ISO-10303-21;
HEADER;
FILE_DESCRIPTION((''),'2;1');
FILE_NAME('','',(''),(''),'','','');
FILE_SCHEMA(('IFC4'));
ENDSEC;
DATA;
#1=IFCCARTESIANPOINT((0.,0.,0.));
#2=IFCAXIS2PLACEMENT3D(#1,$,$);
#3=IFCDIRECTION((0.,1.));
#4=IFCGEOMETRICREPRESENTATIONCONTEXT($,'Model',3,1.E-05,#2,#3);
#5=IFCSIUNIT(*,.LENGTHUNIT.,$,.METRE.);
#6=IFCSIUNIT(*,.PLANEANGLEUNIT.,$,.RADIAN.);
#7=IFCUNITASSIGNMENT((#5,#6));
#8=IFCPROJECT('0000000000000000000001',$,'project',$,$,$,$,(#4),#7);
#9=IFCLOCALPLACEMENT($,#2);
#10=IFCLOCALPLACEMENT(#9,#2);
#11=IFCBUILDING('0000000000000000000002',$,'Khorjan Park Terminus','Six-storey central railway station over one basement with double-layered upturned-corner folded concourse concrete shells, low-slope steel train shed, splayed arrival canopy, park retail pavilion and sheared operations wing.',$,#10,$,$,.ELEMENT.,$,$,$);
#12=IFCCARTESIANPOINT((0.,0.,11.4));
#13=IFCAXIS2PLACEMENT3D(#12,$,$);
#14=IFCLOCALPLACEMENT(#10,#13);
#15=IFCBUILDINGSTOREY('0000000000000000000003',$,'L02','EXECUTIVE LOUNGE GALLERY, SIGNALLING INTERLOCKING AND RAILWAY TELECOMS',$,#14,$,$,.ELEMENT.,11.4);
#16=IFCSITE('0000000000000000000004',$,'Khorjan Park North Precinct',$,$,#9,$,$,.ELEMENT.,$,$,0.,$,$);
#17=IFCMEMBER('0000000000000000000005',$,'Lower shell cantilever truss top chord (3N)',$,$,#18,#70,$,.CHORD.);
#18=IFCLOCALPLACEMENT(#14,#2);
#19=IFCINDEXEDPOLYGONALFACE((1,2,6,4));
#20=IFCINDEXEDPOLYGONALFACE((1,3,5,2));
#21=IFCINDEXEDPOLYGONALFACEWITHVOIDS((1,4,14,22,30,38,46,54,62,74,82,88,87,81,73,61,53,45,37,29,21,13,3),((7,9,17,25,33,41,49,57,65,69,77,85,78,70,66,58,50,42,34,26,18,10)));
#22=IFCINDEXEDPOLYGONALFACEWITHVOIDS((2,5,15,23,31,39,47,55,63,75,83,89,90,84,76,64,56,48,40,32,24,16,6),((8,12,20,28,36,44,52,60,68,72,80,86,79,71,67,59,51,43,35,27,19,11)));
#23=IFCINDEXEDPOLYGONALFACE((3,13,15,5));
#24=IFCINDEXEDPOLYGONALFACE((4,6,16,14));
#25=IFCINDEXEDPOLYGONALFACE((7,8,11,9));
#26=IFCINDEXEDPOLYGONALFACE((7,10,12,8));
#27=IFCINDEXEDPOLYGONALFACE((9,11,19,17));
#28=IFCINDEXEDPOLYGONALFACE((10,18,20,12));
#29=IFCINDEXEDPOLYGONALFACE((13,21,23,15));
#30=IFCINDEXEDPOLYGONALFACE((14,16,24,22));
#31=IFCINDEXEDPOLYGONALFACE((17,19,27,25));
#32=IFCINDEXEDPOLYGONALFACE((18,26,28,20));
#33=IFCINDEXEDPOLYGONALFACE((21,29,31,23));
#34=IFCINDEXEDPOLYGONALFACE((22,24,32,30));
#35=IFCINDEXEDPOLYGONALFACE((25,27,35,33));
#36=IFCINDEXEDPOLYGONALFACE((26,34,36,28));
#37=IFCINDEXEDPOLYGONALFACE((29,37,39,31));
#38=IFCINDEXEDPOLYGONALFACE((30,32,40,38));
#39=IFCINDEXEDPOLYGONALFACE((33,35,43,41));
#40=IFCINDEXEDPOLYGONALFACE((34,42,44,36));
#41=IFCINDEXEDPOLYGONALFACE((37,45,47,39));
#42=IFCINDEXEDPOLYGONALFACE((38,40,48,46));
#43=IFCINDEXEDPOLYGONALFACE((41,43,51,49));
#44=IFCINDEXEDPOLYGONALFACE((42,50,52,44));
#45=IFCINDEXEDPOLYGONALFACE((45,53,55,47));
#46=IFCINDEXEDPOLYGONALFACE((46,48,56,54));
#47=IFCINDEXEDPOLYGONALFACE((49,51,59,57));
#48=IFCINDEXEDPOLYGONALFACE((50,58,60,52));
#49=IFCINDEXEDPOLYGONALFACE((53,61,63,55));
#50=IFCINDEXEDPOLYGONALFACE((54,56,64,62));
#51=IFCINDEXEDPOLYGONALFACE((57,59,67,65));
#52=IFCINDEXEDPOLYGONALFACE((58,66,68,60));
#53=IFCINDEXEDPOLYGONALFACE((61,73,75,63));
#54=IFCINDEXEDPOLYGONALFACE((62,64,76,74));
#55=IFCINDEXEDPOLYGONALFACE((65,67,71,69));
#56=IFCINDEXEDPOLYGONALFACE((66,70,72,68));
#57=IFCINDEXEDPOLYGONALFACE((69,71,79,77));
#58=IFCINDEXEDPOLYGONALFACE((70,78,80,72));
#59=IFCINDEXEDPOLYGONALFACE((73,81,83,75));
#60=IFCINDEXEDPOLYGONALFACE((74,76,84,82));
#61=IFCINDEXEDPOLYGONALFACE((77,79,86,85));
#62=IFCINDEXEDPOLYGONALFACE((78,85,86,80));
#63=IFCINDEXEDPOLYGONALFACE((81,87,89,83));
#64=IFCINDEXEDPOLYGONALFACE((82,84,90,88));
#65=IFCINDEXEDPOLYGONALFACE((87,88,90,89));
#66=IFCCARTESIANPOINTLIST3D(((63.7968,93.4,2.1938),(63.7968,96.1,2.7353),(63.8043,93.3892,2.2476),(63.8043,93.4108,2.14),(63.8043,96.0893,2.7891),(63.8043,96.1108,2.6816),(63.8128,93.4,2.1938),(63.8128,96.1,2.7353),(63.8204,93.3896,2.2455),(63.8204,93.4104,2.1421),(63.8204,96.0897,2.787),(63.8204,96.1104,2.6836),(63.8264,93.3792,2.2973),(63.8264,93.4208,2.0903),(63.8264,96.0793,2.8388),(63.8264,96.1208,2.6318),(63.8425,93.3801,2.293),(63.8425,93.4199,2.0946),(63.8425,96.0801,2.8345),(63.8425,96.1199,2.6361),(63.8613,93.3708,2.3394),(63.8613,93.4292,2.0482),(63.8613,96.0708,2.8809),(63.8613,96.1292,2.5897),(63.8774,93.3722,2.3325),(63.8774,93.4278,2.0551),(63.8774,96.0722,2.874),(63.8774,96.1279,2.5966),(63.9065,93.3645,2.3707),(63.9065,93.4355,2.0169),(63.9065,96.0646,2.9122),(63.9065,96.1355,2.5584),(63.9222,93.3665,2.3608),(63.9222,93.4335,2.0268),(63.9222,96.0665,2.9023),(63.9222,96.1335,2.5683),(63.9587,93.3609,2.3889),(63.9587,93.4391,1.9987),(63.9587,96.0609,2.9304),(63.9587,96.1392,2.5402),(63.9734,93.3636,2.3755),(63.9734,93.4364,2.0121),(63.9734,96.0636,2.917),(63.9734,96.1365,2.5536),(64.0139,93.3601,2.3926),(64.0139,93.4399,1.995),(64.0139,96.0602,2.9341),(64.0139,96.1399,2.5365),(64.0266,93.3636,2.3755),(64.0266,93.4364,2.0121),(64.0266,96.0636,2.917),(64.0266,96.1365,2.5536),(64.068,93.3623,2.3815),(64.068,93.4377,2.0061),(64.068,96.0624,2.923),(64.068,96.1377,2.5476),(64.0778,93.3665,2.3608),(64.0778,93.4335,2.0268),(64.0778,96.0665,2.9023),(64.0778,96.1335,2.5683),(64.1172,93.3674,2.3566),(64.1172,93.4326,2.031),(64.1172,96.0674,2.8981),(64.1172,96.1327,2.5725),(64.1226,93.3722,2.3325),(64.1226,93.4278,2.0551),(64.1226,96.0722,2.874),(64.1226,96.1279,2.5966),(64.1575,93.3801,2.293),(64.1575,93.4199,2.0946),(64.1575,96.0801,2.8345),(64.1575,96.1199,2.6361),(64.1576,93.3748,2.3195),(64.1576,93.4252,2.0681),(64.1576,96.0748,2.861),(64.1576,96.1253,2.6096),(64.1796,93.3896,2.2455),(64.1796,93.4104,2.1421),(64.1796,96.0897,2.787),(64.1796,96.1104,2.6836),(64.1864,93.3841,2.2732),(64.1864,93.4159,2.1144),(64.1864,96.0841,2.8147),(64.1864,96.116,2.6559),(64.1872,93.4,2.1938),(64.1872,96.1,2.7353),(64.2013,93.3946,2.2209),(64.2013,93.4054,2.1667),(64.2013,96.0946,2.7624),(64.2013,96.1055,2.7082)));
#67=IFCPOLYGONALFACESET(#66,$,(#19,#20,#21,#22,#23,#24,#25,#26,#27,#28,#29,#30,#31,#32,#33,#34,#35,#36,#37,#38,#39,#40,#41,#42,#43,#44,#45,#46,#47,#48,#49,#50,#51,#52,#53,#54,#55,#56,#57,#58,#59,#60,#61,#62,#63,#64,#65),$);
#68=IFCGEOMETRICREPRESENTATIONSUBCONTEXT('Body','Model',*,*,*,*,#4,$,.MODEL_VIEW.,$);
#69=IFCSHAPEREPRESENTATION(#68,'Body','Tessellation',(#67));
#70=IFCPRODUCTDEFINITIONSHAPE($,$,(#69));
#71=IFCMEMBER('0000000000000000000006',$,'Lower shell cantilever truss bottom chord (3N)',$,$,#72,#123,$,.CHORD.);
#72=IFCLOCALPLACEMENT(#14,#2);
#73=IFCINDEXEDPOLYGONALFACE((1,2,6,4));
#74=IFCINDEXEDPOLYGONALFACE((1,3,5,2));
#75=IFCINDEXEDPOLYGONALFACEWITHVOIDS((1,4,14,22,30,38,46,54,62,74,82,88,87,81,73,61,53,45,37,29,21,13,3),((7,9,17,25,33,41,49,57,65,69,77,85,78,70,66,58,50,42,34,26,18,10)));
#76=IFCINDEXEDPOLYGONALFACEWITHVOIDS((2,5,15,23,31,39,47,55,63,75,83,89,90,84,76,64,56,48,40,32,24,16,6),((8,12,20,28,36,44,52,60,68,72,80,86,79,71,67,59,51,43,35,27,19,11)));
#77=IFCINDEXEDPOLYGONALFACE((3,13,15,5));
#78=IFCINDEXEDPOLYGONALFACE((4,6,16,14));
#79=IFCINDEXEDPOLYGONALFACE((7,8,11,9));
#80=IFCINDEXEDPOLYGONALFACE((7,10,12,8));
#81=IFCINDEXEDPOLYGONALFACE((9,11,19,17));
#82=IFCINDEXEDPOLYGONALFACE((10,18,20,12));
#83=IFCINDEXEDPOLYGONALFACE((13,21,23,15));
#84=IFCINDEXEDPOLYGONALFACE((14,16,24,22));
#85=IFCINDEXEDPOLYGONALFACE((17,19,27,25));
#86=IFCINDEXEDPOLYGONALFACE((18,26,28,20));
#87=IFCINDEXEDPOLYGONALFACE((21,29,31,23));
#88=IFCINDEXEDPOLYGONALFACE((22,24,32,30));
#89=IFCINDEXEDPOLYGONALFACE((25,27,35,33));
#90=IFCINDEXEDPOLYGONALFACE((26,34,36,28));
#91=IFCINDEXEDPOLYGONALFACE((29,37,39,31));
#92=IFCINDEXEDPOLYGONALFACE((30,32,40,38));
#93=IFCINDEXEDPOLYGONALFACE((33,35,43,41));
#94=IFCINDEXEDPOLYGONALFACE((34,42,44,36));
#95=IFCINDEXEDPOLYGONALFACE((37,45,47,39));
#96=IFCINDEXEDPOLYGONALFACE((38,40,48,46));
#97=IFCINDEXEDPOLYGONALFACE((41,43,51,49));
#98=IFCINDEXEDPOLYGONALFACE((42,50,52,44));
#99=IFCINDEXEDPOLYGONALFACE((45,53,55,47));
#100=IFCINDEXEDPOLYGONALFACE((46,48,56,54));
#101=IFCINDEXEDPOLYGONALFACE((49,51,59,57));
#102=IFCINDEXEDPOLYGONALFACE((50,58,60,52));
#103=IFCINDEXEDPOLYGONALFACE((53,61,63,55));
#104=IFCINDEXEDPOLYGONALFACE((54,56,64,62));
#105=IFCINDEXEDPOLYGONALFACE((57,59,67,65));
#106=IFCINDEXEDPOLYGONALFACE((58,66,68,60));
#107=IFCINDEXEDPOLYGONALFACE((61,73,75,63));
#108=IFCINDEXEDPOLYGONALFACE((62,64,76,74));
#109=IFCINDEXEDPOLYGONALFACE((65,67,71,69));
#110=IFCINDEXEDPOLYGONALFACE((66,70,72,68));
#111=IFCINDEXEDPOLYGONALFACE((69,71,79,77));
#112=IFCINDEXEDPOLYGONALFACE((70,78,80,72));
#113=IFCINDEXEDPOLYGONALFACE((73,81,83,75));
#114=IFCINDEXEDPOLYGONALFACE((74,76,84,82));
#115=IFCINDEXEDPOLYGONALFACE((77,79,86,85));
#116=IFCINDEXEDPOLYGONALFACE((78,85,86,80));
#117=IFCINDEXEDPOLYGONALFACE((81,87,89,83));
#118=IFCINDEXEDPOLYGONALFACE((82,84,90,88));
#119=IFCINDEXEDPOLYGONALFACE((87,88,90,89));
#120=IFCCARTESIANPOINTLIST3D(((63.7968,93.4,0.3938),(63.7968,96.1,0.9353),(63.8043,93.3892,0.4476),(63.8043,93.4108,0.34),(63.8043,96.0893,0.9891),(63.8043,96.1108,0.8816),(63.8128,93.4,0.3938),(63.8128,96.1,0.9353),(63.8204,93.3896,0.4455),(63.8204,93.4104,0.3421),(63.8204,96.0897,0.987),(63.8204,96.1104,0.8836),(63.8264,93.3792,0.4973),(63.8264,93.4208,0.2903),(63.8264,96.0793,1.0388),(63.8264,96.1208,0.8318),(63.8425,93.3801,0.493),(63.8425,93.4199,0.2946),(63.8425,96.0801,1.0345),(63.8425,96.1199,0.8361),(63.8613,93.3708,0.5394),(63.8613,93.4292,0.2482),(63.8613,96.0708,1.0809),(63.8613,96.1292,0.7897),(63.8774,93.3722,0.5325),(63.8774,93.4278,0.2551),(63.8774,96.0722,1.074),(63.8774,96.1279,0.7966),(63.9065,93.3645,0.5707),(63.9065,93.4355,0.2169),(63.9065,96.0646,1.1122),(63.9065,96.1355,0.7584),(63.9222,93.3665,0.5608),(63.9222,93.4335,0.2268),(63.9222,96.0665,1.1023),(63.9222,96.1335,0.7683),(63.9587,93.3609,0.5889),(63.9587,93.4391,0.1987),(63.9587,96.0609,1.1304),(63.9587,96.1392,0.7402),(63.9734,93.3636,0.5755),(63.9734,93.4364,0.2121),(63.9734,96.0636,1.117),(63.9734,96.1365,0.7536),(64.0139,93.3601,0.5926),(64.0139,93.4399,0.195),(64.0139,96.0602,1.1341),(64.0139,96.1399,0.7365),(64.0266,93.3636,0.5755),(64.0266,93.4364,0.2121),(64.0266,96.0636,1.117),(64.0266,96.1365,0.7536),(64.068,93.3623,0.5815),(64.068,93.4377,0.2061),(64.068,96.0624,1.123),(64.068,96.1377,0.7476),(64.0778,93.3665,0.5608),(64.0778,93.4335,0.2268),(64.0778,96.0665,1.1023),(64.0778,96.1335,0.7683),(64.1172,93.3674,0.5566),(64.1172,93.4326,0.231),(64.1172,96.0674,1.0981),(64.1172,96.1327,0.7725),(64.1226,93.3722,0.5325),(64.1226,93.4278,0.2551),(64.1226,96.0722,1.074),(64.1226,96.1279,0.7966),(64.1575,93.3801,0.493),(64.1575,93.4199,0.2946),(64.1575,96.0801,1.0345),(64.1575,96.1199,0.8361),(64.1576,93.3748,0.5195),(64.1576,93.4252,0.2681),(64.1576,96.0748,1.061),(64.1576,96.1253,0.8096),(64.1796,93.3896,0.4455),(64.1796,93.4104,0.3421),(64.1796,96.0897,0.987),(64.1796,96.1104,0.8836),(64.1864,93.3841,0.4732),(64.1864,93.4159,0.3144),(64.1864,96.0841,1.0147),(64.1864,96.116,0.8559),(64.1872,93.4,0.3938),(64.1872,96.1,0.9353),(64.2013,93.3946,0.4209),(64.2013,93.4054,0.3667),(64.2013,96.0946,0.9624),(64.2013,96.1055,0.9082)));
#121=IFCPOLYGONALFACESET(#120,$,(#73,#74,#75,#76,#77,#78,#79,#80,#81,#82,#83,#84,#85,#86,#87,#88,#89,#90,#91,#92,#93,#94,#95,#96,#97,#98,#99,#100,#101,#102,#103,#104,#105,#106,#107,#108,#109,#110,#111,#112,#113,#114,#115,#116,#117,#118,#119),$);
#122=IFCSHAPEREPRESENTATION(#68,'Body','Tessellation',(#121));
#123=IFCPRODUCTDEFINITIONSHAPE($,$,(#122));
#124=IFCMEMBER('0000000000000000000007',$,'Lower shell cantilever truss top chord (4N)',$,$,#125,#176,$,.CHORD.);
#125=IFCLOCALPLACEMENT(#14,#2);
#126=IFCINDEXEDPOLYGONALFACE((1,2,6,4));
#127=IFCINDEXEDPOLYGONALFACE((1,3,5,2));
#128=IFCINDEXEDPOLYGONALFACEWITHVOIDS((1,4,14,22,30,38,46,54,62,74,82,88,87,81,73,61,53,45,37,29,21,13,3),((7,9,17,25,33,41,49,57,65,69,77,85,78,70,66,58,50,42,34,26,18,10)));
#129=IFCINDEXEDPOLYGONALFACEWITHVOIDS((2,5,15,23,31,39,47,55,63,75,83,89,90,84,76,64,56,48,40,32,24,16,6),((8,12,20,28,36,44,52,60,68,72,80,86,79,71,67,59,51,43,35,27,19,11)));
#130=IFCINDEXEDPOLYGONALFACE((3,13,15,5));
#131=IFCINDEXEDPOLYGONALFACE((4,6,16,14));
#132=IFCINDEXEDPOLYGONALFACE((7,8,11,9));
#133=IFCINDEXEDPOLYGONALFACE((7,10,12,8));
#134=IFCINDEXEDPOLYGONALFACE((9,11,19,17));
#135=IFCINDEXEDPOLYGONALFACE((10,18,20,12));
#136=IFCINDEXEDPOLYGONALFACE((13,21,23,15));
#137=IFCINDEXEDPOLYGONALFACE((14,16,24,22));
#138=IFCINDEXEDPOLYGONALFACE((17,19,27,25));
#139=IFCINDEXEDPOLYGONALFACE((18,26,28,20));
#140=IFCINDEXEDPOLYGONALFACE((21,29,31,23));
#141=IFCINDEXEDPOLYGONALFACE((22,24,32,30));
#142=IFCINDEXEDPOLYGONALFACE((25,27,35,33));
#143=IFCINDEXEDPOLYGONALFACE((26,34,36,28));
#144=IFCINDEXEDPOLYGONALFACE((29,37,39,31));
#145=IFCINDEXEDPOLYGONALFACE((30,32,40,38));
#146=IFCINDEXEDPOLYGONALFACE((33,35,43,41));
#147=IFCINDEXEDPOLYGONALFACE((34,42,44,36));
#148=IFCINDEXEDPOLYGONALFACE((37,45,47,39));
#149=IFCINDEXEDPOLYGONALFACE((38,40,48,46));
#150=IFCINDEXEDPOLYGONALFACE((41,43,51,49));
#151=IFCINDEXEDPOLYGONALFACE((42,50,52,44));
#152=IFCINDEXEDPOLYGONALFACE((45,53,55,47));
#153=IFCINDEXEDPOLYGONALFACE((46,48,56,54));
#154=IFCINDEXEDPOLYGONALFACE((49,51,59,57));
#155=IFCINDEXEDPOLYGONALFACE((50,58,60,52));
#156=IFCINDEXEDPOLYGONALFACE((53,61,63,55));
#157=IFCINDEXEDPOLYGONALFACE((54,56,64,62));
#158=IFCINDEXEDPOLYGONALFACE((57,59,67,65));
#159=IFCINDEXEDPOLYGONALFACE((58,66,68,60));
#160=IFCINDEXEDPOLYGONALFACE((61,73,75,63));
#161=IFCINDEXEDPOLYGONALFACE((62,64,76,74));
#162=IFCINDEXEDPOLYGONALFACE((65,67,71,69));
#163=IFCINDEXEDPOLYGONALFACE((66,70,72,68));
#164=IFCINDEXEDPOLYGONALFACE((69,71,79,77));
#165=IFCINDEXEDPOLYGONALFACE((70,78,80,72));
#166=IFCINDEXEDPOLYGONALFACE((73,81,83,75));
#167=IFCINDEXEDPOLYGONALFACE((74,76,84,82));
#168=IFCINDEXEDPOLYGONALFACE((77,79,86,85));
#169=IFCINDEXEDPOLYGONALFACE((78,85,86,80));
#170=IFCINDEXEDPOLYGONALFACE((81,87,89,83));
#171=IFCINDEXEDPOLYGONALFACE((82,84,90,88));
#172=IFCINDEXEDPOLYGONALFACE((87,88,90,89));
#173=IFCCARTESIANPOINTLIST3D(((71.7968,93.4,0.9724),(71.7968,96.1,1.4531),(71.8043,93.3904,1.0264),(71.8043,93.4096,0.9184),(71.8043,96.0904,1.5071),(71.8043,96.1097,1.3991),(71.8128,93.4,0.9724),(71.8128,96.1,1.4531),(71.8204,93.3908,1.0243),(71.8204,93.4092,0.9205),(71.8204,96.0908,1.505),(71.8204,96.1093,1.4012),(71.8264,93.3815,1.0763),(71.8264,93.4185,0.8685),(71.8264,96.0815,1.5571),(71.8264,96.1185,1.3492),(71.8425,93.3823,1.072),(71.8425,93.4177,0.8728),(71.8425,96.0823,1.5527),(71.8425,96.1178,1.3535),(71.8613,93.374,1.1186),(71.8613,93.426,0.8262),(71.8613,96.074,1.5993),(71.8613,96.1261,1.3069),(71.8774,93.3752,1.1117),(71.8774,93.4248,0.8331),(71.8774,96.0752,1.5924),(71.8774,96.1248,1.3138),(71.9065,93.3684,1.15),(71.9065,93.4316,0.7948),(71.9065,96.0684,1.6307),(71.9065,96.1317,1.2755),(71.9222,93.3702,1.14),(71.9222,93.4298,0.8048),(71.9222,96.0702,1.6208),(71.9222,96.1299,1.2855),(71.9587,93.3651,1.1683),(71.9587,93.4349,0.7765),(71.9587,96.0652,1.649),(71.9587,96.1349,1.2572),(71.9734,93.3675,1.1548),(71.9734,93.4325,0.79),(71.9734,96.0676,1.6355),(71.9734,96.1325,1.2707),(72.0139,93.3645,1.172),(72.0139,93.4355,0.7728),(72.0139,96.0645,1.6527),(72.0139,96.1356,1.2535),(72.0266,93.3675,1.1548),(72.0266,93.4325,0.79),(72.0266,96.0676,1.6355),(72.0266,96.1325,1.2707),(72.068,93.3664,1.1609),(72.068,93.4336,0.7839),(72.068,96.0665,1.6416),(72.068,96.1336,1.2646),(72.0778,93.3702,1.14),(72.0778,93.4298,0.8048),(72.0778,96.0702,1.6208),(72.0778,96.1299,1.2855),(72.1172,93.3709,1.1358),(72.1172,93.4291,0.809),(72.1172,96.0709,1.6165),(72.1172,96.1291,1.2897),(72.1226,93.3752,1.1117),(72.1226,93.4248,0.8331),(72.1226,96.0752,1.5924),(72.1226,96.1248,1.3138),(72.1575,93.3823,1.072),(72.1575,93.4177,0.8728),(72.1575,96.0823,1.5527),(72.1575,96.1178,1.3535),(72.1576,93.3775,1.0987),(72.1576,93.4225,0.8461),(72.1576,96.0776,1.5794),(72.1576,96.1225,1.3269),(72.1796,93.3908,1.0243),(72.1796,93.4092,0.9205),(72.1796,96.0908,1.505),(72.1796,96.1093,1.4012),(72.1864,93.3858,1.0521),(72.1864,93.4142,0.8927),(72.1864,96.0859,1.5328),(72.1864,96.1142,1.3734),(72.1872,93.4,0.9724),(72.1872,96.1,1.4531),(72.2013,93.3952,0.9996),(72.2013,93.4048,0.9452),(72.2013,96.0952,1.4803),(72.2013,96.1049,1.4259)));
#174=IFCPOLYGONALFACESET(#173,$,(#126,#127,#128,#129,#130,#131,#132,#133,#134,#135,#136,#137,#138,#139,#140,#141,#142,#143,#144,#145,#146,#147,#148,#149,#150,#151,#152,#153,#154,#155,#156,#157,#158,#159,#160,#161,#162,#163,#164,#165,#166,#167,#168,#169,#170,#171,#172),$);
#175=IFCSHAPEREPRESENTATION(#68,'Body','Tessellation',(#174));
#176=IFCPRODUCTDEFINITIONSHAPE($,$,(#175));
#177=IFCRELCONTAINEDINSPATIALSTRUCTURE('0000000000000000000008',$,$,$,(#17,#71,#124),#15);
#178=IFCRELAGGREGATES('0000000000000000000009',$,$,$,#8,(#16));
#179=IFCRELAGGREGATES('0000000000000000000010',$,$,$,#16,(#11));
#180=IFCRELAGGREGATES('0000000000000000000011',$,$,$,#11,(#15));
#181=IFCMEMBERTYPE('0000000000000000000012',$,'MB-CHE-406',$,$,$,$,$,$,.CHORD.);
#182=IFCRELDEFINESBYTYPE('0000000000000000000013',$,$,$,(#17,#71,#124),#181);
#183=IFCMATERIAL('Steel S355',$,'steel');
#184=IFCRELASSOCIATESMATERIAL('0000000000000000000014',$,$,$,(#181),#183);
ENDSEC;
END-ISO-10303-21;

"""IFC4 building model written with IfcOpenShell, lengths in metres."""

from ifc_helpers import new_model, si_unit, direction, frame, origin, origin_2d, place, context, subcontext, project, spatial, hollow_circle, extrude, material, material_profile, profile_set, type_object, element, save


model = new_model("IFC4")

# Units and contexts
model_context = context("Model", 3, precision=1e-05, world=origin(), true_north=direction((0.0, 1.0)))
body_context = subcontext(model_context, "Body", "Model", "MODEL_VIEW")
ifc_project = project(units=[si_unit("LENGTHUNIT", "METRE"), si_unit("PLANEANGLEUNIT", "RADIAN")], contexts=[model_context])

# Site, building, storey
site_placement = place(None, origin())
site = spatial("IfcSite", under=ifc_project, at=site_placement, Name="Khorjan Park North Precinct", CompositionType="ELEMENT", RefElevation=0.0)
building_placement = place(site_placement, origin())
building = spatial("IfcBuilding", under=site, at=building_placement, Name="Khorjan Park Terminus", Description="Six-storey central railway station over one basement with double-layered upturned-corner folded concourse concrete shells, low-slope steel train shed, splayed arrival canopy, park retail pavilion and sheared operations wing.", CompositionType="ELEMENT")
storey_placement = place(building_placement, frame((0.0, 0.0, 11.4)))
storey = spatial("IfcBuildingStorey", under=building, at=storey_placement, Name="L02", Description="EXECUTIVE LOUNGE GALLERY, SIGNALLING INTERLOCKING AND RAILWAY TELECOMS", CompositionType="ELEMENT", Elevation=11.4)

# Members
ifc_material_1 = material(Name="Steel S355", Category="steel")
ifc_material_profile_1 = material_profile(ifc_material_1, hollow_circle(Radius=0.2032, WallThickness=0.016, at=origin_2d()), Name="CHS 406.4x16")
ifc_profile_set_1 = profile_set([ifc_material_profile_1], Name="Steel S355")
member_type_1 = type_object("IfcMemberType", Name="MB-CHE-406", PredefinedType="CHORD", material=ifc_profile_set_1)
for number, where, z_axis, x_axis, name in (
    (1, (64.0, 93.4, 2.1938), (0.0, 0.980476, 0.19664), (-1.0, 0.0, 0.0), "Lower shell cantilever truss top chord (3N)"),
    (2, (64.0, 93.4, 0.3938), (0.0, 0.980476, 0.19664), (-1.0, 0.0, 0.0), "Lower shell cantilever truss bottom chord (3N)"),
):
    element("IfcMember", number, at=place(storey_placement, frame(where, z_axis=z_axis, x_axis=x_axis)), inside=storey, type_object=member_type_1, Name=name, PredefinedType="CHORD", context=body_context, shape_type="SweptSolid", body=[
        extrude(hollow_circle(Radius=0.2032, WallThickness=0.016, at=origin_2d()), origin(), (0.0, 0.0, 1.0), 2.7538),
    ])
for number, where, z_axis, x_axis, name in (
    (3, (72.0, 93.4, 0.9724), (0.0, 0.984518, 0.175281), (-1.0, 0.0, 0.0), "Lower shell cantilever truss top chord (4N)"),
):
    element("IfcMember", number, at=place(storey_placement, frame(where, z_axis=z_axis, x_axis=x_axis)), inside=storey, type_object=member_type_1, Name=name, PredefinedType="CHORD", context=body_context, shape_type="SweptSolid", body=[
        extrude(hollow_circle(Radius=0.2032, WallThickness=0.016, at=origin_2d()), origin(), (0.0, 0.0, 1.0), 2.7425),
    ])

save(model, "model.ifc")
